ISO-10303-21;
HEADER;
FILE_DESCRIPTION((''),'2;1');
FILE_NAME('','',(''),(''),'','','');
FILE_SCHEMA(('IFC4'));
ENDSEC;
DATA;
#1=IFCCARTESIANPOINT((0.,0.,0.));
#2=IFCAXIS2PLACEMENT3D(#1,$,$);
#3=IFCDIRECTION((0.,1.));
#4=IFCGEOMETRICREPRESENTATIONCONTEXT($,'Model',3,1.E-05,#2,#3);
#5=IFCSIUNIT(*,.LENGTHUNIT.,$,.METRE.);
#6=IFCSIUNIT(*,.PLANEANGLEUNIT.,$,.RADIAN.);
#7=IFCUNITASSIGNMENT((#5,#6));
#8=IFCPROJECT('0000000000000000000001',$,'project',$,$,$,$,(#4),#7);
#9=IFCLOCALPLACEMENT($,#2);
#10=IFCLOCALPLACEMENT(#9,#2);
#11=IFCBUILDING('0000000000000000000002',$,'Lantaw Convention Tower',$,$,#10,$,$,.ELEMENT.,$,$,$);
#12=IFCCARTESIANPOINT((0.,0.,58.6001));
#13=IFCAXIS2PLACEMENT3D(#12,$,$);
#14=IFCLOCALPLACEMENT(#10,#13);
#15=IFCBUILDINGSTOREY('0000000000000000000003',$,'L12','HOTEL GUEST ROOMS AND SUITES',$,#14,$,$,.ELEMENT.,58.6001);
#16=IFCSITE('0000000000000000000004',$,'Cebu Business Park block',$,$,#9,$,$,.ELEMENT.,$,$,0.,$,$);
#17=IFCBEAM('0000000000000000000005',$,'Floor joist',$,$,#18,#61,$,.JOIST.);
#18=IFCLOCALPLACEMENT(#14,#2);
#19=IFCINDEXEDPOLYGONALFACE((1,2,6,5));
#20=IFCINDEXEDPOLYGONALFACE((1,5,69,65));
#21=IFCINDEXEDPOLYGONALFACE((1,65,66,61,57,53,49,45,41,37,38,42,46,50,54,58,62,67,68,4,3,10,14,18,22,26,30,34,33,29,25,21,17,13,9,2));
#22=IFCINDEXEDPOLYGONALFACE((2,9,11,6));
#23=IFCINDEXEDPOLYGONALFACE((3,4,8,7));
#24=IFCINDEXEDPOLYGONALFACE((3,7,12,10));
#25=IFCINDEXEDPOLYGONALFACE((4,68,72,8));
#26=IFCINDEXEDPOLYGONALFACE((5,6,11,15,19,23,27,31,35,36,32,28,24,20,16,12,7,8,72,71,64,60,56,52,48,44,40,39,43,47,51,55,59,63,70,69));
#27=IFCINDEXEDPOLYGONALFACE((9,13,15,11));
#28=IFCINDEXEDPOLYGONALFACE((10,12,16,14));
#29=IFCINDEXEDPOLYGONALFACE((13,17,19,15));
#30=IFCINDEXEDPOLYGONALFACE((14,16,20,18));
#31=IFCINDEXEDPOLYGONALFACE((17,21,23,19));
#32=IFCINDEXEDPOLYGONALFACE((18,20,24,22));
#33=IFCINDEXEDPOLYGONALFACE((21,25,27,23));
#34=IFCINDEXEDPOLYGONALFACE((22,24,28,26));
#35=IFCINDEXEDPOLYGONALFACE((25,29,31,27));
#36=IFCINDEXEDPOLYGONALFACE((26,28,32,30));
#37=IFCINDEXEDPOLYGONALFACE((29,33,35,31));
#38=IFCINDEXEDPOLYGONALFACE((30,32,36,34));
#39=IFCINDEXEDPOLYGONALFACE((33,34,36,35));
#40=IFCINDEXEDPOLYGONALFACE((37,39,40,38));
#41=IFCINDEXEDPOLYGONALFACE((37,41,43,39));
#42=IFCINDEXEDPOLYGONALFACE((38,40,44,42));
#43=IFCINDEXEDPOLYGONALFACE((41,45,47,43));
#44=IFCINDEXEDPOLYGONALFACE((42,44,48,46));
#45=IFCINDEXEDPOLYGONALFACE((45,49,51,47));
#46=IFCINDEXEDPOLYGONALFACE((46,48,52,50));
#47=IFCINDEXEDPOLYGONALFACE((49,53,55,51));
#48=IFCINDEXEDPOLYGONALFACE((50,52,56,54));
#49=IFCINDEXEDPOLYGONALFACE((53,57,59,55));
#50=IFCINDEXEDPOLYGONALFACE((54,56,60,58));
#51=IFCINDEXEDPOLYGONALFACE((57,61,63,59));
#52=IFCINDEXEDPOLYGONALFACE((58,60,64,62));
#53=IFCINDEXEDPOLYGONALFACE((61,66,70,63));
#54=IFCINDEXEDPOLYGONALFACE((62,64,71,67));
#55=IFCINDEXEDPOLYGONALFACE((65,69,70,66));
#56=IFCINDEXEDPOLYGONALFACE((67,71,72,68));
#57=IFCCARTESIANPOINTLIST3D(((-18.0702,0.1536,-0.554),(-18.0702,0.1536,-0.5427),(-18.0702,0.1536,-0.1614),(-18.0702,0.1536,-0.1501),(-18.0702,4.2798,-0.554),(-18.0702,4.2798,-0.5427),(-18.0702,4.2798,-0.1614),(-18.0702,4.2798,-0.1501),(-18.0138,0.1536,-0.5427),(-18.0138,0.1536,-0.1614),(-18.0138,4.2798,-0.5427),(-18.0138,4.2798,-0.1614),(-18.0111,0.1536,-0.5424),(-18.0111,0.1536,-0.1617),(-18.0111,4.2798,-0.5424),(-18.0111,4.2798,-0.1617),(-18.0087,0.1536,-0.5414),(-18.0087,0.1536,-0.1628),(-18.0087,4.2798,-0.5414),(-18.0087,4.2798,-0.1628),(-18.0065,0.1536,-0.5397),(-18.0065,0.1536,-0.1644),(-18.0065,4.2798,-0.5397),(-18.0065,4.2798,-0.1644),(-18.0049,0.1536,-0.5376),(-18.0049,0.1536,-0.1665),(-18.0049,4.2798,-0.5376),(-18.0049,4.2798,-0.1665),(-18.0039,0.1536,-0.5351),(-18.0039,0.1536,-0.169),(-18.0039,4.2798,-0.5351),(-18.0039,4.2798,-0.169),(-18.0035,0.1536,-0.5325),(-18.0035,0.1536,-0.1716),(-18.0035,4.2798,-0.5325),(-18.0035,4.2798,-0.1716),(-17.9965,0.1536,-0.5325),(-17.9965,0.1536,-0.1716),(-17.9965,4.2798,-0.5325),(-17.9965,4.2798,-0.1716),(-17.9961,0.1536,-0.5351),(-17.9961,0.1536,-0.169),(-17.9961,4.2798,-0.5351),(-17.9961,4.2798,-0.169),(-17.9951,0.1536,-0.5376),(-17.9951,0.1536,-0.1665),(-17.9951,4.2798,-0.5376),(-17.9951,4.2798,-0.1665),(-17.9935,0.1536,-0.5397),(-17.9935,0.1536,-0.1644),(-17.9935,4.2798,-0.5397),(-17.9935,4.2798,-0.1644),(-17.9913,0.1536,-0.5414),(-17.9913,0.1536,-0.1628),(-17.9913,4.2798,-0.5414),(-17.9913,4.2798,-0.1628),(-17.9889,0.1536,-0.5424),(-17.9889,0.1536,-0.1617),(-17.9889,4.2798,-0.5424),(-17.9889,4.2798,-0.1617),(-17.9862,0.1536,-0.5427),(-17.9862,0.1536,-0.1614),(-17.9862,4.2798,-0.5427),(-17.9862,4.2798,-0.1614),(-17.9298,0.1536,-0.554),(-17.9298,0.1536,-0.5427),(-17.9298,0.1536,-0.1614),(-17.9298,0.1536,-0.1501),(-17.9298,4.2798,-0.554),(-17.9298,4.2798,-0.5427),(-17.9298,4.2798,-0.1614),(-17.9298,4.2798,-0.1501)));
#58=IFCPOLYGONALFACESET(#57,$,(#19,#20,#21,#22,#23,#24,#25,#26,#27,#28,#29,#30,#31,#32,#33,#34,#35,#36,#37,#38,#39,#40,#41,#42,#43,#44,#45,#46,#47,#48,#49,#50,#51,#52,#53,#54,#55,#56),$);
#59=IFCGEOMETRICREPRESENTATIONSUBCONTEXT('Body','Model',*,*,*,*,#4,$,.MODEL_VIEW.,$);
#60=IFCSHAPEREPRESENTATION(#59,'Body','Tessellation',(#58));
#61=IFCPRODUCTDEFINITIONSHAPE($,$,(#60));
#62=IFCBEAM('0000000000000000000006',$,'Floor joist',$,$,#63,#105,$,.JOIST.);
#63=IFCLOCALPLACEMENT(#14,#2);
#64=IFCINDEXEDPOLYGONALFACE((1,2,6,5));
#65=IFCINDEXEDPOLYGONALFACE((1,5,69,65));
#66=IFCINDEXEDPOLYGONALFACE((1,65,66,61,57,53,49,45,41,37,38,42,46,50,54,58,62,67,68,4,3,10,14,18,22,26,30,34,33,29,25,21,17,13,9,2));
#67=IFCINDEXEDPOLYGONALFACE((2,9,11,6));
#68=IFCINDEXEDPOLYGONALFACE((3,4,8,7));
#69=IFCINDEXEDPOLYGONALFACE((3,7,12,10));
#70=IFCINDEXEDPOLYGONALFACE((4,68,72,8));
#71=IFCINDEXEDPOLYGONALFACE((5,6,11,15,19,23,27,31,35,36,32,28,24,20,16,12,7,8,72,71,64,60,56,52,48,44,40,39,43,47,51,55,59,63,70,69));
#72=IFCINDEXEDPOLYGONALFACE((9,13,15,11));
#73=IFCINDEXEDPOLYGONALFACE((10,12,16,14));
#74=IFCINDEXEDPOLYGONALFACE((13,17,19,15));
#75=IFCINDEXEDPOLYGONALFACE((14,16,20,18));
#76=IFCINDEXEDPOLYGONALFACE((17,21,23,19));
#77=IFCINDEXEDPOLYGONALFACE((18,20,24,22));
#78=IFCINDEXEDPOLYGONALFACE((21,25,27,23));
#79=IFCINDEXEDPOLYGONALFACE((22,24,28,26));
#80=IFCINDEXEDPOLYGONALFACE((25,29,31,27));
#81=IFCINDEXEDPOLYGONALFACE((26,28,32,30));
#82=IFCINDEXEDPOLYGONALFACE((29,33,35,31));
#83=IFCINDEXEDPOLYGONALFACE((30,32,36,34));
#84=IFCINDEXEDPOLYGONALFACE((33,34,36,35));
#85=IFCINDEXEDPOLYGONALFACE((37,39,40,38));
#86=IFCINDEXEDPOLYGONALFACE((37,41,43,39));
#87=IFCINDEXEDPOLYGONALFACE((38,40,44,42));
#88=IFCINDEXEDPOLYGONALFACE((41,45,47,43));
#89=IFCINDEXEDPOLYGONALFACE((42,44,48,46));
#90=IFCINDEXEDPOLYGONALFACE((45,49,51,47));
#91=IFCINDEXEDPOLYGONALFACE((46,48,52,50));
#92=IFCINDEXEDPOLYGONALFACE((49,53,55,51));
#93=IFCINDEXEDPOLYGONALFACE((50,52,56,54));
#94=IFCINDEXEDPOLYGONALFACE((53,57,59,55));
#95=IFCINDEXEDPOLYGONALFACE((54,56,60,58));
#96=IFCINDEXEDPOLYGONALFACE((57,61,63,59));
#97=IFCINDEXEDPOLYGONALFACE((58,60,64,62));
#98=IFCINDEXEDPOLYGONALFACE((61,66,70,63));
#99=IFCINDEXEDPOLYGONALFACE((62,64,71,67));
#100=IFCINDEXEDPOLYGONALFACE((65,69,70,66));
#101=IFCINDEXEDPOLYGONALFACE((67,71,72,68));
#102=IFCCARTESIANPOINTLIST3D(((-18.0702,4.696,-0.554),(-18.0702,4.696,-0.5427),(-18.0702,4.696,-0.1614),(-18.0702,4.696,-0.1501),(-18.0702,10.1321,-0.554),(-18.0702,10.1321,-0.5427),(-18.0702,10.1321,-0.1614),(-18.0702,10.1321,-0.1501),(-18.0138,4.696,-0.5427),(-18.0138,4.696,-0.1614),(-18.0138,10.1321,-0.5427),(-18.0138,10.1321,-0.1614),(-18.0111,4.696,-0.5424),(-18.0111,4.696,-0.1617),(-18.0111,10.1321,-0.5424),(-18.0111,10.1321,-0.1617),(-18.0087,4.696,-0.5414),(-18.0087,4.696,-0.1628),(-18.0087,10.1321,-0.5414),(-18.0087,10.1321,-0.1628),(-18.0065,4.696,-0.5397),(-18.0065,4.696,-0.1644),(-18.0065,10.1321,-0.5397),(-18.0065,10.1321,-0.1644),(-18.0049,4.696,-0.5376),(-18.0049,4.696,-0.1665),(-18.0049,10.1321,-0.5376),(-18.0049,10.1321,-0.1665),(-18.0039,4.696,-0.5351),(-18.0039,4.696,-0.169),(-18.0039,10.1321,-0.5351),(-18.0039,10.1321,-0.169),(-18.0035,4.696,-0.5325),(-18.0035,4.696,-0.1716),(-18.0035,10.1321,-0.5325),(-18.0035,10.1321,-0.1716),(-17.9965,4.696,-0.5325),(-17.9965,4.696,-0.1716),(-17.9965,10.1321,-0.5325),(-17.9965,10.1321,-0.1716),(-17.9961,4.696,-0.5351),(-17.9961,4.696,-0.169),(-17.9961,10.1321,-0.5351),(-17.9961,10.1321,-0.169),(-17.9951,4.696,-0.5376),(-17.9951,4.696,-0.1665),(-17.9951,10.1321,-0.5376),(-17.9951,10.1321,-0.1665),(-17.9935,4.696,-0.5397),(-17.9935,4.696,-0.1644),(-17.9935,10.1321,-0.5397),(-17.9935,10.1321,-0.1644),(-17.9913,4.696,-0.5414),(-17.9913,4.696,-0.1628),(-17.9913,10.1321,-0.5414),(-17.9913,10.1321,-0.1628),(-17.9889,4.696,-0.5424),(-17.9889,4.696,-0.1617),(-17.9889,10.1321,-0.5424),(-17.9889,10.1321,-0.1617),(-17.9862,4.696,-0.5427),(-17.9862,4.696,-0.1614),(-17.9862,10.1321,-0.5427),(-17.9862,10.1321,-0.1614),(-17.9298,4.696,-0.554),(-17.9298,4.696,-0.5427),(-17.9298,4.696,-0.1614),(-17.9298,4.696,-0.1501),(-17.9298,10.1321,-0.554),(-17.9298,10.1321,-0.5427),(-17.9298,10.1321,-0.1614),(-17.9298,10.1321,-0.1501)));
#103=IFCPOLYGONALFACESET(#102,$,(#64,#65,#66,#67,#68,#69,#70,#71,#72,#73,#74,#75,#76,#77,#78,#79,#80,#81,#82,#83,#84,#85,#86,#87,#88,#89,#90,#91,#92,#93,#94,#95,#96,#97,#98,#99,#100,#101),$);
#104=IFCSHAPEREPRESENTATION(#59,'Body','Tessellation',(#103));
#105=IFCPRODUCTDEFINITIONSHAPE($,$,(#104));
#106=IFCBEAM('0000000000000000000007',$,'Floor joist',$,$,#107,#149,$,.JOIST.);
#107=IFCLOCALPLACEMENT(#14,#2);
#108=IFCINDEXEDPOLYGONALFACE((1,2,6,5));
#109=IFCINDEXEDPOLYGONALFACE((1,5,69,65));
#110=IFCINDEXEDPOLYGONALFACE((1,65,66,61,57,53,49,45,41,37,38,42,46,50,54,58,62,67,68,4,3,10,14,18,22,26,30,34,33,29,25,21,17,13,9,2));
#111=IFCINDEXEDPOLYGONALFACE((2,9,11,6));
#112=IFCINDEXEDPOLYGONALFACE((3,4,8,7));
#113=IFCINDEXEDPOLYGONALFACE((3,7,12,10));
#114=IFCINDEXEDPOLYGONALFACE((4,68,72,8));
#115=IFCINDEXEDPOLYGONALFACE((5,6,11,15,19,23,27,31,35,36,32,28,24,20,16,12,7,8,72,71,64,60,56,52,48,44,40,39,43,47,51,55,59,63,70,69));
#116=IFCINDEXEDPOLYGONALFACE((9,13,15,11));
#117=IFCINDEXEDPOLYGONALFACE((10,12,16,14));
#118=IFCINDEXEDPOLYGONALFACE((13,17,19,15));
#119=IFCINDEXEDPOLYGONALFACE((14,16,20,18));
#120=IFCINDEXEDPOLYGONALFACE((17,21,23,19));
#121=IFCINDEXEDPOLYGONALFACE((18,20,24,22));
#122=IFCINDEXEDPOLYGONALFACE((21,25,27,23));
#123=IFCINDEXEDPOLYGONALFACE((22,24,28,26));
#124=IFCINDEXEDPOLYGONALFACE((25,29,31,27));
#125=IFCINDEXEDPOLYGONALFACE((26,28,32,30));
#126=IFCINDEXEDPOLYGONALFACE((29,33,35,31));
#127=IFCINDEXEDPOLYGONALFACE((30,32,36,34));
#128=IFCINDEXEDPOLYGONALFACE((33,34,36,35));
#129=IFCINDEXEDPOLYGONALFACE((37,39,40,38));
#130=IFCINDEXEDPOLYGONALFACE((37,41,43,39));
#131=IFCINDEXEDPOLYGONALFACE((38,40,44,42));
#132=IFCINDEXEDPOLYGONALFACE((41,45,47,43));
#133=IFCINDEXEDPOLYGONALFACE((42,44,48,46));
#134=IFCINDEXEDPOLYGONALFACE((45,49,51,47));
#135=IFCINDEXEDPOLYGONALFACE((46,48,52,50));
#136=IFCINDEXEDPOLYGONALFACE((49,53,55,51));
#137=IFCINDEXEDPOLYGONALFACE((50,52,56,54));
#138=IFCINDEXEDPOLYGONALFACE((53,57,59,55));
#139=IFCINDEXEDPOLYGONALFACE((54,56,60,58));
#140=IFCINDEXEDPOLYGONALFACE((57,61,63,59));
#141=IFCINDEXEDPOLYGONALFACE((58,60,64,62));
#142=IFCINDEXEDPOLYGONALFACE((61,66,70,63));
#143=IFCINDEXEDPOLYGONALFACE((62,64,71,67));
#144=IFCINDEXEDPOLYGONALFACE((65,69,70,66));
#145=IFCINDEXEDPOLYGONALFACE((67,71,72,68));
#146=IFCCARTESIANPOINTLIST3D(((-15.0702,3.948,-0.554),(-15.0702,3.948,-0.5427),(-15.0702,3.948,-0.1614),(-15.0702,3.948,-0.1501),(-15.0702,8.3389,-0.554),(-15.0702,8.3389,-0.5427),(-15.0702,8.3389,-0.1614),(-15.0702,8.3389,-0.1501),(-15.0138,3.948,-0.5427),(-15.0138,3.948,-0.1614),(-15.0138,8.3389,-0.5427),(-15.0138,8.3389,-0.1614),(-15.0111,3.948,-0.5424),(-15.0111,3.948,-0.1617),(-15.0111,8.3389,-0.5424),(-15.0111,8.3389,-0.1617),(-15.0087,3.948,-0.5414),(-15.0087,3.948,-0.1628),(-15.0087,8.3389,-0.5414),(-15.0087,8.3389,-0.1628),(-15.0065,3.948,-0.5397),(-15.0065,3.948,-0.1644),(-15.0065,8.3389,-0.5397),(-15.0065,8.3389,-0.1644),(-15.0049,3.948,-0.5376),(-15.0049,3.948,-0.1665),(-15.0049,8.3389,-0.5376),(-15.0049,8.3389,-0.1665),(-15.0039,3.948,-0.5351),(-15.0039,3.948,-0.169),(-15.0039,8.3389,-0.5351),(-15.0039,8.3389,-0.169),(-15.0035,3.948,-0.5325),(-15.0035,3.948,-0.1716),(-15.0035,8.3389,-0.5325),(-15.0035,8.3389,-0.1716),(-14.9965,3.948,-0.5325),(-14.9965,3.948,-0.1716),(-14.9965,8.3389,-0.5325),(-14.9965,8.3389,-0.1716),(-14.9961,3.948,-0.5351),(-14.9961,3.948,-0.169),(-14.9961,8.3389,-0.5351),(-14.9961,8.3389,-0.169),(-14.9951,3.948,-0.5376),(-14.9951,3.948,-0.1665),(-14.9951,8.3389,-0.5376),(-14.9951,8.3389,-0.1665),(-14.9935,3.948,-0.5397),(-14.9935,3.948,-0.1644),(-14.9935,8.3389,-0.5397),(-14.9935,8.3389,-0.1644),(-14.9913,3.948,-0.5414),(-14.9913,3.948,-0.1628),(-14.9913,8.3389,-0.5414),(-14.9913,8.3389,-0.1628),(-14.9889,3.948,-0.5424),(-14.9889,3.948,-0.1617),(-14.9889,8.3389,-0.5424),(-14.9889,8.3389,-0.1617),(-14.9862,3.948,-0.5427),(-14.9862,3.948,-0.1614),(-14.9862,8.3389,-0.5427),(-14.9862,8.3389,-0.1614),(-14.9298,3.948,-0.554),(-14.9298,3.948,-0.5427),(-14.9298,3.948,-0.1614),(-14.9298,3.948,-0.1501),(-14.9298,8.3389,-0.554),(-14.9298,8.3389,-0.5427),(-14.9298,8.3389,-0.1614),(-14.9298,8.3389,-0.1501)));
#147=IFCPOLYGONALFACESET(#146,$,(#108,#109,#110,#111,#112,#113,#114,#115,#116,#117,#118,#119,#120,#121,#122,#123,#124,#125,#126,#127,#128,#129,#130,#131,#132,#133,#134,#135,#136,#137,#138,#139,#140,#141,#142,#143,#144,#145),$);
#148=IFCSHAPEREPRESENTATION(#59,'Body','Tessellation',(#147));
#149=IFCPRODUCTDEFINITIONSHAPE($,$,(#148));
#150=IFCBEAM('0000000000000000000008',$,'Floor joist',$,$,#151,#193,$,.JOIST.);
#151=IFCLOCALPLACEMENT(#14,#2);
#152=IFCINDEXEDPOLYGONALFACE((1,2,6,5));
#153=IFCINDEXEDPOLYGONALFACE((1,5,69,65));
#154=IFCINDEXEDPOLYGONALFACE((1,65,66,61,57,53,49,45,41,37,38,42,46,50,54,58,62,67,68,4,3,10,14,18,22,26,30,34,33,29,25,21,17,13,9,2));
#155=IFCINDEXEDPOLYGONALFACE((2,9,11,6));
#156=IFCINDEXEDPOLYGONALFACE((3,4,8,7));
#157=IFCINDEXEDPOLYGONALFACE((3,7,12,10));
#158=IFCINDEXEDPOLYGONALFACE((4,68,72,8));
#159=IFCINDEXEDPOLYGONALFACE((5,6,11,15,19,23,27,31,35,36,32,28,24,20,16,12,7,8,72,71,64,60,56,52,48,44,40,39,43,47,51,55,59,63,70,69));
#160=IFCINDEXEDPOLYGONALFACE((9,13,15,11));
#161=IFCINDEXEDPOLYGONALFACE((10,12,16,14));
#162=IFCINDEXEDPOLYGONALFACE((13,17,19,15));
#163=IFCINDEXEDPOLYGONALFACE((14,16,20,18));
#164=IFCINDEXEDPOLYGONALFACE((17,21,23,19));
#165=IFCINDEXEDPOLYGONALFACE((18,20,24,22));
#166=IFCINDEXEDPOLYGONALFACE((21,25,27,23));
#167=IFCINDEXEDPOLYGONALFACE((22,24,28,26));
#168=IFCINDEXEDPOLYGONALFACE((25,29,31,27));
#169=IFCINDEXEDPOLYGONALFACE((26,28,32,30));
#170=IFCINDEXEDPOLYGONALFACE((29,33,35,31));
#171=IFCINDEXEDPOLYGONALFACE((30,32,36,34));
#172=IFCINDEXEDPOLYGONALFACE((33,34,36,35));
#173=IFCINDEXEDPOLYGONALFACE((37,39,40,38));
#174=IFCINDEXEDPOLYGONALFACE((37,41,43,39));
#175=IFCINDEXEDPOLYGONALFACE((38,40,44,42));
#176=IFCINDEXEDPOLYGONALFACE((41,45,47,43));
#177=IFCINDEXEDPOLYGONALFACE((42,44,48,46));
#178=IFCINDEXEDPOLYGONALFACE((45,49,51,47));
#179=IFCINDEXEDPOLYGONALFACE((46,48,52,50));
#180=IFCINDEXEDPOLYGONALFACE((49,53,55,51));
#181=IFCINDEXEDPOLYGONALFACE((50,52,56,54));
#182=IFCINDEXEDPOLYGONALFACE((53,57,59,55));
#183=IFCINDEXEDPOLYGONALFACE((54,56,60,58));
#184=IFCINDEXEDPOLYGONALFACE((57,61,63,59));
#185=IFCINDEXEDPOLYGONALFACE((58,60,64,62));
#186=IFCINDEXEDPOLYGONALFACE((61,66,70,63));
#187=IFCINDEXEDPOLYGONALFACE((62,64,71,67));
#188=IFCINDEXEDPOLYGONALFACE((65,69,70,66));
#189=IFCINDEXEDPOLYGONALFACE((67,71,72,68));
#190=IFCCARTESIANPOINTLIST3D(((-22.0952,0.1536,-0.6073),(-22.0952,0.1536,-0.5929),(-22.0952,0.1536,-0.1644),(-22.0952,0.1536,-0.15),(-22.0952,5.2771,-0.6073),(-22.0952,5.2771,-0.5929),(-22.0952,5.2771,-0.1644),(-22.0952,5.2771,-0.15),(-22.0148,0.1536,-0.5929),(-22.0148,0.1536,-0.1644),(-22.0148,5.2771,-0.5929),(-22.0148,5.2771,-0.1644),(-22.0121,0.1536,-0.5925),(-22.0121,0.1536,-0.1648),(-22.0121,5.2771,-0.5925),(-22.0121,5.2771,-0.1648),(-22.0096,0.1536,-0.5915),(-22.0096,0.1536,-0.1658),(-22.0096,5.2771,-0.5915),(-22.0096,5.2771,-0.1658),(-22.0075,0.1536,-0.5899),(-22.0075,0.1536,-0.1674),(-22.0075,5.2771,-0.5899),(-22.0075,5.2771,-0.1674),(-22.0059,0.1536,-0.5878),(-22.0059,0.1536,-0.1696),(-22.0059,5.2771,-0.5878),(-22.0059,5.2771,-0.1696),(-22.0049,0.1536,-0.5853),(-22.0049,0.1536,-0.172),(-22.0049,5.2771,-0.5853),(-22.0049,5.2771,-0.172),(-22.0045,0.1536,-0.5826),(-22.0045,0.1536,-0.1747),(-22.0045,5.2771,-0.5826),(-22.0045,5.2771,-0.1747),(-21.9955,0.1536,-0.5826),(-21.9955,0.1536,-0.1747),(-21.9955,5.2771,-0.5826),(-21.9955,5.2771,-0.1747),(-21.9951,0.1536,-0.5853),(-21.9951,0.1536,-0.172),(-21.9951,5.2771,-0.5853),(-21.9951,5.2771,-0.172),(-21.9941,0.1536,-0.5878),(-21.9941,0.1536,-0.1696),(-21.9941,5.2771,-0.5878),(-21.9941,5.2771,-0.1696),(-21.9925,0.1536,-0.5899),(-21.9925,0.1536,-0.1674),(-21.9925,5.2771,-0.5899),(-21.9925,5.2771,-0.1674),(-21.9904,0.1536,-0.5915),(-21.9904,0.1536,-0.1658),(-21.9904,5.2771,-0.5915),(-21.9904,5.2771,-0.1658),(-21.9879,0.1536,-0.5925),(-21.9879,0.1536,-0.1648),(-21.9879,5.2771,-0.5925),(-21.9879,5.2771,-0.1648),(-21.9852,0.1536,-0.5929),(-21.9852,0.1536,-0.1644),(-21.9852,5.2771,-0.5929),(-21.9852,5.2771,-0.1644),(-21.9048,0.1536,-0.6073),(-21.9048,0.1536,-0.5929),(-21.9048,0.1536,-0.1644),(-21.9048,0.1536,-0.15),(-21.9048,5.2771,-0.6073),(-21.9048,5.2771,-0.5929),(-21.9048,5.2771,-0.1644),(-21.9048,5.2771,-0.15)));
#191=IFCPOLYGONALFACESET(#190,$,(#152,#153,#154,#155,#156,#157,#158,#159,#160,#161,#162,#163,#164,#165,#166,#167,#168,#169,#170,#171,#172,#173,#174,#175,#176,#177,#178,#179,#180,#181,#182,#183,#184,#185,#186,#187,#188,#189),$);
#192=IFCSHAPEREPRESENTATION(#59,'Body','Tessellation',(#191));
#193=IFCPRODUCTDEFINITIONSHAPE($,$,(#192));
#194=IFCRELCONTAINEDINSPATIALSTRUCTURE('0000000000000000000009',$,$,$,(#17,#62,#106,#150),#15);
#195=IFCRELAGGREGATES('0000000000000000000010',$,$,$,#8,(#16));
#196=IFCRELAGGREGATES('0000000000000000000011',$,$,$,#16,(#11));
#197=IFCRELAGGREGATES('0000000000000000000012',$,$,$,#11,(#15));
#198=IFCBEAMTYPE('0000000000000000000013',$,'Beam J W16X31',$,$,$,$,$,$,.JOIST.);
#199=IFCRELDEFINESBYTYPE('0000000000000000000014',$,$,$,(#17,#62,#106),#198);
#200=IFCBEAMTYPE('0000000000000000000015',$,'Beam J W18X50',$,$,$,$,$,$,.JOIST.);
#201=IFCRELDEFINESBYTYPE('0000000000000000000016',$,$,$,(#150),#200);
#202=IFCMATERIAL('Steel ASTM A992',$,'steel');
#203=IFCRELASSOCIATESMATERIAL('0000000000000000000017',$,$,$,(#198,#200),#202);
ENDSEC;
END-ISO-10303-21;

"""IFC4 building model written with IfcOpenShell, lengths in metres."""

from ifc_helpers import new_model, si_unit, direction, frame, origin, origin_2d, place, context, subcontext, project, spatial, i_section, extrude, material, material_profile, profile_set, type_object, element, save


model = new_model("IFC4")

# Units and contexts
model_context = context("Model", 3, precision=1e-05, world=origin(), true_north=direction((0.0, 1.0)))
body_context = subcontext(model_context, "Body", "Model", "MODEL_VIEW")
ifc_project = project(units=[si_unit("LENGTHUNIT", "METRE"), si_unit("PLANEANGLEUNIT", "RADIAN")], contexts=[model_context])

# Site, building, storey
site_placement = place(None, origin())
site = spatial("IfcSite", under=ifc_project, at=site_placement, Name="Cebu Business Park block", CompositionType="ELEMENT", RefElevation=0.0)
building_placement = place(site_placement, origin())
building = spatial("IfcBuilding", under=site, at=building_placement, Name="Lantaw Convention Tower", CompositionType="ELEMENT")
storey_placement = place(building_placement, frame((0.0, 0.0, 58.6001)))
storey = spatial("IfcBuildingStorey", under=building, at=storey_placement, Name="L12", Description="HOTEL GUEST ROOMS AND SUITES", CompositionType="ELEMENT", Elevation=58.6001)

# Beams
ifc_material_1 = material(Name="Steel ASTM A992", Category="steel")
ifc_material_profile_1 = material_profile(ifc_material_1, i_section(OverallWidth=0.1404, OverallDepth=0.4038, WebThickness=0.0071, FlangeThickness=0.0112, FilletRadius=0.0103, at=origin_2d()), Name="W16X31")
ifc_profile_set_1 = profile_set([ifc_material_profile_1], Name="Steel ASTM A992")
beam_type_1 = type_object("IfcBeamType", Name="Beam J W16X31", PredefinedType="JOIST", material=ifc_profile_set_1)
beam_1_placement = place(storey_placement, frame((-18.0, 0.1536, -0.3521), z_axis=(0.0, 1.0, 0.0), x_axis=(-1.0, 0.0, 0.0)))
element("IfcBeam", 1, at=beam_1_placement, inside=storey, type_object=beam_type_1, Name="Floor joist", PredefinedType="JOIST", context=body_context, shape_type="SweptSolid", body=[
    extrude(i_section(OverallWidth=0.1404, OverallDepth=0.4038, WebThickness=0.0071, FlangeThickness=0.0112, FilletRadius=0.0103, at=origin_2d()), origin(), (0.0, 0.0, 1.0), 4.1262),
])
beam_2_placement = place(storey_placement, frame((-18.0, 4.696, -0.3521), z_axis=(0.0, 1.0, 0.0), x_axis=(-1.0, 0.0, 0.0)))
element("IfcBeam", 2, at=beam_2_placement, inside=storey, type_object=beam_type_1, Name="Floor joist", PredefinedType="JOIST", context=body_context, shape_type="SweptSolid", body=[
    extrude(i_section(OverallWidth=0.1404, OverallDepth=0.4038, WebThickness=0.0071, FlangeThickness=0.0112, FilletRadius=0.0103, at=origin_2d()), origin(), (0.0, 0.0, 1.0), 5.436),
])
beam_3_placement = place(storey_placement, frame((-15.0, 3.948, -0.3521), z_axis=(0.0, 1.0, 0.0), x_axis=(-1.0, 0.0, 0.0)))
element("IfcBeam", 3, at=beam_3_placement, inside=storey, type_object=beam_type_1, Name="Floor joist", PredefinedType="JOIST", context=body_context, shape_type="SweptSolid", body=[
    extrude(i_section(OverallWidth=0.1404, OverallDepth=0.4038, WebThickness=0.0071, FlangeThickness=0.0112, FilletRadius=0.0103, at=origin_2d()), origin(), (0.0, 0.0, 1.0), 4.3909),
])
ifc_material_profile_2 = material_profile(ifc_material_1, i_section(OverallWidth=0.1904, OverallDepth=0.4573, WebThickness=0.009, FlangeThickness=0.0144, FilletRadius=0.0103, at=origin_2d()), Name="W18X50")
ifc_profile_set_2 = profile_set([ifc_material_profile_2], Name="Steel ASTM A992")
beam_type_2 = type_object("IfcBeamType", Name="Beam J W18X50", PredefinedType="JOIST", material=ifc_profile_set_2)
beam_4_placement = place(storey_placement, frame((-22.0, 0.1536, -0.3787), z_axis=(0.0, 1.0, 0.0), x_axis=(-1.0, 0.0, 0.0)))
element("IfcBeam", 4, at=beam_4_placement, inside=storey, type_object=beam_type_2, Name="Floor joist", PredefinedType="JOIST", context=body_context, shape_type="SweptSolid", body=[
    extrude(i_section(OverallWidth=0.1904, OverallDepth=0.4573, WebThickness=0.009, FlangeThickness=0.0144, FilletRadius=0.0103, at=origin_2d()), origin(), (0.0, 0.0, 1.0), 5.1235),
])

save(model, "model.ifc")
